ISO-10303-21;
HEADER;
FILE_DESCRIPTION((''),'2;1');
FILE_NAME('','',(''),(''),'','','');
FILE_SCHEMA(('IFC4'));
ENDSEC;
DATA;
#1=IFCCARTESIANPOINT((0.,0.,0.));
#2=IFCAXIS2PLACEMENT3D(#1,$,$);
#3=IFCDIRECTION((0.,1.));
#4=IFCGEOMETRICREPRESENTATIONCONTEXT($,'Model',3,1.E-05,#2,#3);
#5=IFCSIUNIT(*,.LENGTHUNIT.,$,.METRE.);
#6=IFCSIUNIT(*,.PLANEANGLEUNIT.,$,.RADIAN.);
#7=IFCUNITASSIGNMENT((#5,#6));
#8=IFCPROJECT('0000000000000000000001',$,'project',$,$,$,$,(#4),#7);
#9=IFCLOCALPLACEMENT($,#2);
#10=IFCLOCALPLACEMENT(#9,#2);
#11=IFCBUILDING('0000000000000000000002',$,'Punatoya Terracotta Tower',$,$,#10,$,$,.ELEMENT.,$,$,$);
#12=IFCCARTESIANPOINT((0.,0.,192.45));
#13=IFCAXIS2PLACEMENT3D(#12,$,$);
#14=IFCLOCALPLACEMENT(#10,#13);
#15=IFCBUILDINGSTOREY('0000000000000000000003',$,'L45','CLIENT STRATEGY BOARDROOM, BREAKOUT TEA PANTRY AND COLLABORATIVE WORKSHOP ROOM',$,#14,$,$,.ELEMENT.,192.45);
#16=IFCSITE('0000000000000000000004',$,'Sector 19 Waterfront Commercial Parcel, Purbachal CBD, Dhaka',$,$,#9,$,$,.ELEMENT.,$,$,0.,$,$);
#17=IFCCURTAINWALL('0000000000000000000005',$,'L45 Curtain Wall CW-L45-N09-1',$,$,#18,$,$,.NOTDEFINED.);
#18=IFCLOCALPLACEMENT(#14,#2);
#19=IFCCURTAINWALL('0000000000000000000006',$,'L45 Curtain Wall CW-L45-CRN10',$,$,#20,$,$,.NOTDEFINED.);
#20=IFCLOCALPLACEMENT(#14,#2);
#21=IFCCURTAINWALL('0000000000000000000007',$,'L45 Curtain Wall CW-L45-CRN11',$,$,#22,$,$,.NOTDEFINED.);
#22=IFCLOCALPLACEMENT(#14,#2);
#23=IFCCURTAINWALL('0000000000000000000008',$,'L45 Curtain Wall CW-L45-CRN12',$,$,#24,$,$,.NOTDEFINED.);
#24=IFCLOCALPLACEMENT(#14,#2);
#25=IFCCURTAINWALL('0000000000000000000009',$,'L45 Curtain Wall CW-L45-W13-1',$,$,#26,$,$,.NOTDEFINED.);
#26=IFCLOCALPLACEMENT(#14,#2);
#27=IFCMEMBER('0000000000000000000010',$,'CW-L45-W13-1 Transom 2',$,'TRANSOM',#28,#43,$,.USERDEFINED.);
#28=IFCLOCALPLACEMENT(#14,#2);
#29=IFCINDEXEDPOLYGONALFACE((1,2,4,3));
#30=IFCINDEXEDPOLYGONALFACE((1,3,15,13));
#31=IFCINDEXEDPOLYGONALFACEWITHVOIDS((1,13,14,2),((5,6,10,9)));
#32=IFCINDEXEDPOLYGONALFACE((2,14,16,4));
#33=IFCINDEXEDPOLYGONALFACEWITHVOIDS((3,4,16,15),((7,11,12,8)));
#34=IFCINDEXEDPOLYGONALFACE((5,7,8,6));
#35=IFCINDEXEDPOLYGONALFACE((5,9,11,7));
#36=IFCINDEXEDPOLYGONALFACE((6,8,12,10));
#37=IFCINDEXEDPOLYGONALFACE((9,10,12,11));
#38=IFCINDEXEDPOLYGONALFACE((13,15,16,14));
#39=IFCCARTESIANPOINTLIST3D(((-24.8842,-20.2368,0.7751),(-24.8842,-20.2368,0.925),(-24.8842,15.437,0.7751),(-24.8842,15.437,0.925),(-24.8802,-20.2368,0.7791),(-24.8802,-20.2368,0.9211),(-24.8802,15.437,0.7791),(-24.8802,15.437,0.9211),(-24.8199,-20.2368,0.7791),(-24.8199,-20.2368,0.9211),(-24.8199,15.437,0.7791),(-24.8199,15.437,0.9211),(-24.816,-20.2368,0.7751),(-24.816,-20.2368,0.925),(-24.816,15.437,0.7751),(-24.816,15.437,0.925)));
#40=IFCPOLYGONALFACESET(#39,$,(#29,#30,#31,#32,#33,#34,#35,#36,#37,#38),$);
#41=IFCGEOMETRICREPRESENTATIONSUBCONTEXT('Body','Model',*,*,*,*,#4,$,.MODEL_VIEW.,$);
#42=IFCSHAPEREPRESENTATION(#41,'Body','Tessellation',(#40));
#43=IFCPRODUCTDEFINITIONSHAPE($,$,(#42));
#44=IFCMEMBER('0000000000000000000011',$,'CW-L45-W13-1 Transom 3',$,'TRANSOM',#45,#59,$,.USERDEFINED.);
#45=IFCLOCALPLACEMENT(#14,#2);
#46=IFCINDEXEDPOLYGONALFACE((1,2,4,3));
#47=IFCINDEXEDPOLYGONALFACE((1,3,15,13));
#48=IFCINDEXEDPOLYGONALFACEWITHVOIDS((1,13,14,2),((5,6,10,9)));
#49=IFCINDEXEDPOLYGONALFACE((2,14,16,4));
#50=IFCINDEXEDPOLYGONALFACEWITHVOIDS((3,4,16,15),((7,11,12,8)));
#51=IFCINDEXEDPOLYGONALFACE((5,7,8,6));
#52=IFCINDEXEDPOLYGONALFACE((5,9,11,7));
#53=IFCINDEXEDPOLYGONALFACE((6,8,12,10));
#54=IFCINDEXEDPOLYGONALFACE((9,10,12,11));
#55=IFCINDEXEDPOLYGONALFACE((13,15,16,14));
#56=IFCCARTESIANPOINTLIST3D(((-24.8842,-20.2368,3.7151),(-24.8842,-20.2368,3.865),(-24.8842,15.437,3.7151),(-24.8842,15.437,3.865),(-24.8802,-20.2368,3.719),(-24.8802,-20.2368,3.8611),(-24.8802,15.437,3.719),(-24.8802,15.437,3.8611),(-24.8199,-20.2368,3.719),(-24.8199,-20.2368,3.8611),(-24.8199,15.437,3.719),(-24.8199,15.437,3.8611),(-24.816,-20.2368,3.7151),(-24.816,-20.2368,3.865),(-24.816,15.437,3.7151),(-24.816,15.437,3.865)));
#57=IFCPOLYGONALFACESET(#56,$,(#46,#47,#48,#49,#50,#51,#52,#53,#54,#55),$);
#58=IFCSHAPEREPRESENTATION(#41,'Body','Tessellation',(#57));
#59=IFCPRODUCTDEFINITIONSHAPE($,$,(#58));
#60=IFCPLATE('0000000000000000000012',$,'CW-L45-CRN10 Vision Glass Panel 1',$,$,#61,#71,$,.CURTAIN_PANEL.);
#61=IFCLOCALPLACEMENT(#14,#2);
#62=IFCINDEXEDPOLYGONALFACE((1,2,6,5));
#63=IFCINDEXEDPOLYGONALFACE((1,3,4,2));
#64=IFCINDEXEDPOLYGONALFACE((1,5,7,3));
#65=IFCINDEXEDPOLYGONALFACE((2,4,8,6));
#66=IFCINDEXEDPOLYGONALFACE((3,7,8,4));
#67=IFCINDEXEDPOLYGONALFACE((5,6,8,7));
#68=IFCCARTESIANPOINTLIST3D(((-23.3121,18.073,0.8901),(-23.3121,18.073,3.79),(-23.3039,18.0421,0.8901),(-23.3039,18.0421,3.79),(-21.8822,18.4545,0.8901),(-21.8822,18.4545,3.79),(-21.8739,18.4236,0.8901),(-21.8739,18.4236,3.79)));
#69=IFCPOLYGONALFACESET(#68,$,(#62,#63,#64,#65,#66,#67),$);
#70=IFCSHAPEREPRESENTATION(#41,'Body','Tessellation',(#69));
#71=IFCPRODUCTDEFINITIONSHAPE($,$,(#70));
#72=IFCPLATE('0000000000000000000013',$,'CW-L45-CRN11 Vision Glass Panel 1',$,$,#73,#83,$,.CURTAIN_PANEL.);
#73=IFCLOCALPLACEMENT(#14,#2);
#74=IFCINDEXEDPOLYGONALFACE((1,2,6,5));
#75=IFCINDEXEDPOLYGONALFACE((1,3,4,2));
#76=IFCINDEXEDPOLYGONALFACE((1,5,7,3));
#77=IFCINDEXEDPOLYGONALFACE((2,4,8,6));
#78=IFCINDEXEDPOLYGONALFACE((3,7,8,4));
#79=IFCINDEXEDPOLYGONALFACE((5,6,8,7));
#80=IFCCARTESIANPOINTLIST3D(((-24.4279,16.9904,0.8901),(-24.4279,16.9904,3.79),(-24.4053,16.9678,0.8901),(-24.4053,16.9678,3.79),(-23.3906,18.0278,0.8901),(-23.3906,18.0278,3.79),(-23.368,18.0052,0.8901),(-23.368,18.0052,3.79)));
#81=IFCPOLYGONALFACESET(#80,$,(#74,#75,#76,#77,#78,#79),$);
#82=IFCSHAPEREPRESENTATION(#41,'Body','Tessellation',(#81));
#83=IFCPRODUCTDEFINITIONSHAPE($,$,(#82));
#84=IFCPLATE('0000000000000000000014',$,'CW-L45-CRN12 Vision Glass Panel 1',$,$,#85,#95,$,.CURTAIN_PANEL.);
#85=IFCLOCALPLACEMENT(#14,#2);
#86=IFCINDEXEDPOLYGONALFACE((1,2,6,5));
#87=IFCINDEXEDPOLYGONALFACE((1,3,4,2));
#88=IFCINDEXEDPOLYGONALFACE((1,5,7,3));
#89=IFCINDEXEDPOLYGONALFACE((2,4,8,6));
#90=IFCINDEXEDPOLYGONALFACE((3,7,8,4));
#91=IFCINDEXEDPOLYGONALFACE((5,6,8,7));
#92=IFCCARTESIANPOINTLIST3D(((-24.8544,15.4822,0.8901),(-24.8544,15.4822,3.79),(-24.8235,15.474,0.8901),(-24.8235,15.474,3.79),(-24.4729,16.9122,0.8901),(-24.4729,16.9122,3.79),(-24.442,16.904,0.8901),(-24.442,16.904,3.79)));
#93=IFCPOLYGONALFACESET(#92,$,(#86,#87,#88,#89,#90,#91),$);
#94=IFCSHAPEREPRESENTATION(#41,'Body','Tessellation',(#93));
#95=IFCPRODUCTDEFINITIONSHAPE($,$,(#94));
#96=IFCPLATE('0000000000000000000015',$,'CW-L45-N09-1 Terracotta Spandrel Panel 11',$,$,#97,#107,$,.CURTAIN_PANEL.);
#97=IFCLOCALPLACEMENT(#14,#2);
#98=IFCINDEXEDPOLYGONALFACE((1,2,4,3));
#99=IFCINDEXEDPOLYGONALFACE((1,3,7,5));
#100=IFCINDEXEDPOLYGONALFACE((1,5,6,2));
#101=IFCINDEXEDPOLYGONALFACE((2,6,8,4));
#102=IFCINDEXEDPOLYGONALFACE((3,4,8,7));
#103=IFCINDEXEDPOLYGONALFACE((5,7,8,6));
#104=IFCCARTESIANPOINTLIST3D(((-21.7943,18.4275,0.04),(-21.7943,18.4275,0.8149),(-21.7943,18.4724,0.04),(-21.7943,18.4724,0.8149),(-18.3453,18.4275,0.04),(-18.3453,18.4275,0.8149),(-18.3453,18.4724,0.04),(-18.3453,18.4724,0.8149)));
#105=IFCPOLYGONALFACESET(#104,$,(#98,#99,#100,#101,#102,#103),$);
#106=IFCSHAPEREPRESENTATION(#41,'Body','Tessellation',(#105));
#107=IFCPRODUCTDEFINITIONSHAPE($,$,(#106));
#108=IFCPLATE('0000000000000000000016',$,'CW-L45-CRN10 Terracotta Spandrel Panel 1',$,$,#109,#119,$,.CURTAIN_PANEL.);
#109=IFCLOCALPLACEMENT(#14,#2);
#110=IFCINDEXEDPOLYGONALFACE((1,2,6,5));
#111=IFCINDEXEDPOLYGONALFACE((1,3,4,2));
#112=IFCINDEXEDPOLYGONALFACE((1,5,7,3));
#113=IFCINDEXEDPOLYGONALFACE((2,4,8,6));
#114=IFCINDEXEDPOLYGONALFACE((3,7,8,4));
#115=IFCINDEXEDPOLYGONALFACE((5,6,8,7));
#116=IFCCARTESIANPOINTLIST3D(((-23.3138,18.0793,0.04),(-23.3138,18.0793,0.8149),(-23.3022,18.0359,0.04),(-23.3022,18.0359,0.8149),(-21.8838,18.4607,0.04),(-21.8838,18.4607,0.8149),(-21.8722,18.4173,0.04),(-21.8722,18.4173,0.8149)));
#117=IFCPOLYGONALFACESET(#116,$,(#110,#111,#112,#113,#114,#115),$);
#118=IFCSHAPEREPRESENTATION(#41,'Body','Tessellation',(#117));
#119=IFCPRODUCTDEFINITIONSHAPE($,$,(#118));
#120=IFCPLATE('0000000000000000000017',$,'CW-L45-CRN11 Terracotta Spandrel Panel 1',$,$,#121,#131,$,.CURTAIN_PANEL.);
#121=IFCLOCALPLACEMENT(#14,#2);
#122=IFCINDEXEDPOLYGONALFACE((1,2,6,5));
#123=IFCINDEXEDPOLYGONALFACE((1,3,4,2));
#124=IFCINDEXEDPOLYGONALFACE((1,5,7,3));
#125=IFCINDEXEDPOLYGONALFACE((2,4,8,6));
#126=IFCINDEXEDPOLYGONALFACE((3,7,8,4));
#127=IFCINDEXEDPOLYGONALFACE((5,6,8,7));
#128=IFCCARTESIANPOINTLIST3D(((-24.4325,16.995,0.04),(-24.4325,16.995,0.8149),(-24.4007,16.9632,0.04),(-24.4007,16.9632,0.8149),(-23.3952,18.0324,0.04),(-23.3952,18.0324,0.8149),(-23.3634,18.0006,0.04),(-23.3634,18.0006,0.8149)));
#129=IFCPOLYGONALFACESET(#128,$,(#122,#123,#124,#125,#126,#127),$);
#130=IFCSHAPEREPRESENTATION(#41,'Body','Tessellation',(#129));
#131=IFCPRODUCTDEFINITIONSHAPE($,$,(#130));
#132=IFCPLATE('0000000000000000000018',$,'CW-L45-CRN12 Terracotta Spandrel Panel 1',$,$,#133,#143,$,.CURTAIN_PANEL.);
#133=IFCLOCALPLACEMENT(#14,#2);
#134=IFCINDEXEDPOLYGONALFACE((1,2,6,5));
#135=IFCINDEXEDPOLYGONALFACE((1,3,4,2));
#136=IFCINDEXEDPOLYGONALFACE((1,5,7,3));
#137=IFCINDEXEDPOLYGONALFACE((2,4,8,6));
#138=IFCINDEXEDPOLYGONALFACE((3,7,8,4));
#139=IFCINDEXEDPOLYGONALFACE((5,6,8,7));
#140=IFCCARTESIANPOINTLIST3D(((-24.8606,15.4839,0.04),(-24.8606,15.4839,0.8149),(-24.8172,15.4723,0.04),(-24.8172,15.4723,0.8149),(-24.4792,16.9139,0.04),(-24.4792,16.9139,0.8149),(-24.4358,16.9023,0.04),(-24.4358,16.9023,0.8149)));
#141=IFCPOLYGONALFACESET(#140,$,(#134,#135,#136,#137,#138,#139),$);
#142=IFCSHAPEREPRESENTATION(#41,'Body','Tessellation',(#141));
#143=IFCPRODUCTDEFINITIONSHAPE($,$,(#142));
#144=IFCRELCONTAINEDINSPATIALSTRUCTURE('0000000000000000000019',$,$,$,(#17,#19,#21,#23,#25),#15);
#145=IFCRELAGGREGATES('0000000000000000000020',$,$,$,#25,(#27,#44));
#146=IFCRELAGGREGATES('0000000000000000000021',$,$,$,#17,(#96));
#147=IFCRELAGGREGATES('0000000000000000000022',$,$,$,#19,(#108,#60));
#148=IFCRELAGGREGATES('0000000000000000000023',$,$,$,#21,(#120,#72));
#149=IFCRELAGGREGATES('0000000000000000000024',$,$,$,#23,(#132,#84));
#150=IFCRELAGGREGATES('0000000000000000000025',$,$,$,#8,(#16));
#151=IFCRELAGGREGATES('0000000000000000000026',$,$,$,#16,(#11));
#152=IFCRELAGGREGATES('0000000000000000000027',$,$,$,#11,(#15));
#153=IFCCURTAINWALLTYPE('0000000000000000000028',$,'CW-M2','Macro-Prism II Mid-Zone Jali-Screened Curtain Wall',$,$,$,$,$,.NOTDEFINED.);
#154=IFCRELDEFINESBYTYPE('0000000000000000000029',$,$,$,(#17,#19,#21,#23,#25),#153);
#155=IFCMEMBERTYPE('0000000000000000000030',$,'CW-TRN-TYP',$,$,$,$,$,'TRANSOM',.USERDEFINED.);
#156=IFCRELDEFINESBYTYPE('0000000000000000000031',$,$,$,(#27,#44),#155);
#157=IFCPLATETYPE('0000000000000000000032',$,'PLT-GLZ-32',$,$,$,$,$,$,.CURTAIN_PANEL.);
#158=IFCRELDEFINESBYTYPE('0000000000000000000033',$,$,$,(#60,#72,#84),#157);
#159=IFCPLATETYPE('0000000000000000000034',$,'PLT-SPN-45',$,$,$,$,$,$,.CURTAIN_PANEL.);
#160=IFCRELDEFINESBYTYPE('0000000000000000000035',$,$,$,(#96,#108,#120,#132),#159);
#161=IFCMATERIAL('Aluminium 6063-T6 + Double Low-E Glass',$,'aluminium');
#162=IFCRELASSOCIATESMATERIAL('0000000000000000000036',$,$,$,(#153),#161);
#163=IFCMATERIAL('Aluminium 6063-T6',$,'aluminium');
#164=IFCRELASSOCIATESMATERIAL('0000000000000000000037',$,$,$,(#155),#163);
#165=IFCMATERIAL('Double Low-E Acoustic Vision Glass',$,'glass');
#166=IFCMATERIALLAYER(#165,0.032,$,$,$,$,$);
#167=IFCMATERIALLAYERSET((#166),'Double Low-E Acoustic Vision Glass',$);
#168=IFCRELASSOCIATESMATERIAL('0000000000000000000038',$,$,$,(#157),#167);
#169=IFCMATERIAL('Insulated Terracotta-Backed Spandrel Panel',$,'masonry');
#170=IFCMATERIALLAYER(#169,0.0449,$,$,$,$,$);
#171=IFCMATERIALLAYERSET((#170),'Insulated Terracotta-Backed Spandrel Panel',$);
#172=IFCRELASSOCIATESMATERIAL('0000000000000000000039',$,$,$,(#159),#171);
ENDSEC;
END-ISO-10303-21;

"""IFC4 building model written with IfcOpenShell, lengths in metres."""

from ifc_helpers import new_model, si_unit, direction, frame, origin, origin_2d, place, context, subcontext, project, spatial, rectangle, hollow_rectangle, extrude, material, layer, layer_set, material_profile, profile_set, type_object, element, aggregate, save


model = new_model("IFC4")

# Units and contexts
model_context = context("Model", 3, precision=1e-05, world=origin(), true_north=direction((0.0, 1.0)))
body_context = subcontext(model_context, "Body", "Model", "MODEL_VIEW")
ifc_project = project(units=[si_unit("LENGTHUNIT", "METRE"), si_unit("PLANEANGLEUNIT", "RADIAN")], contexts=[model_context])

# Site, building, storey
site_placement = place(None, origin())
site = spatial("IfcSite", under=ifc_project, at=site_placement, Name="Sector 19 Waterfront Commercial Parcel, Purbachal CBD, Dhaka", CompositionType="ELEMENT", RefElevation=0.0)
building_placement = place(site_placement, origin())
building = spatial("IfcBuilding", under=site, at=building_placement, Name="Punatoya Terracotta Tower", CompositionType="ELEMENT")
storey_placement = place(building_placement, frame((0.0, 0.0, 192.45)))
storey = spatial("IfcBuildingStorey", under=building, at=storey_placement, Name="L45", Description="CLIENT STRATEGY BOARDROOM, BREAKOUT TEA PANTRY AND COLLABORATIVE WORKSHOP ROOM", CompositionType="ELEMENT", Elevation=192.45)

# Curtain wall
ifc_material_1 = material(Name="Aluminium 6063-T6 + Double Low-E Glass", Category="aluminium")
curtain_wall_type = type_object("IfcCurtainWallType", Name="CW-M2", Description="Macro-Prism II Mid-Zone Jali-Screened Curtain Wall", PredefinedType="NOTDEFINED", material=ifc_material_1)
curtain_wall_1_placement = place(storey_placement, origin())
curtain_wall_1 = element("IfcCurtainWall", 1, at=curtain_wall_1_placement, inside=storey, type_object=curtain_wall_type, Name="L45 Curtain Wall CW-L45-N09-1", PredefinedType="NOTDEFINED")
ifc_material_2 = material(Name="Aluminium 6063-T6", Category="aluminium")

# Curtain walls
curtain_wall_2_placement = place(storey_placement, origin())
curtain_wall_2 = element("IfcCurtainWall", 2, at=curtain_wall_2_placement, inside=storey, type_object=curtain_wall_type, Name="L45 Curtain Wall CW-L45-CRN10", PredefinedType="NOTDEFINED")
curtain_wall_3_placement = place(storey_placement, origin())
curtain_wall_3 = element("IfcCurtainWall", 3, at=curtain_wall_3_placement, inside=storey, type_object=curtain_wall_type, Name="L45 Curtain Wall CW-L45-CRN11", PredefinedType="NOTDEFINED")
curtain_wall_4_placement = place(storey_placement, origin())
curtain_wall_4 = element("IfcCurtainWall", 4, at=curtain_wall_4_placement, inside=storey, type_object=curtain_wall_type, Name="L45 Curtain Wall CW-L45-CRN12", PredefinedType="NOTDEFINED")

# Shared definitions
ifc_material_profile_1 = material_profile(ifc_material_2, hollow_rectangle(XDim=0.0681, YDim=0.1499, WallThickness=0.0039, at=origin_2d()))
ifc_profile_set_1 = profile_set([ifc_material_profile_1], Name="Aluminium 6063-T6")
member_type_1 = type_object("IfcMemberType", Name="CW-TRN-TYP", ElementType="TRANSOM", PredefinedType="USERDEFINED", material=ifc_profile_set_1)

# Curtain wall, members
curtain_wall_5_placement = place(storey_placement, origin())
curtain_wall_5 = element("IfcCurtainWall", 5, at=curtain_wall_5_placement, inside=storey, type_object=curtain_wall_type, Name="L45 Curtain Wall CW-L45-W13-1", PredefinedType="NOTDEFINED")
member_1_placement = place(storey_placement, frame((-24.8501, 15.437, 0.8501), z_axis=(0.0, -1.0, 0.0), x_axis=(1.0, 0.0, 0.0)))
member_1 = element("IfcMember", 6, at=member_1_placement, type_object=member_type_1, Name="CW-L45-W13-1 Transom 2", ObjectType="TRANSOM", PredefinedType="USERDEFINED", context=body_context, shape_type="SweptSolid", body=[
    extrude(hollow_rectangle(XDim=0.0681, YDim=0.1499, WallThickness=0.0039, at=origin_2d()), origin(), (0.0, 0.0, 1.0), 35.6738),
])
member_2_placement = place(storey_placement, frame((-24.8501, 15.437, 3.79), z_axis=(0.0, -1.0, 0.0), x_axis=(1.0, 0.0, 0.0)))
member_2 = element("IfcMember", 7, at=member_2_placement, type_object=member_type_1, Name="CW-L45-W13-1 Transom 3", ObjectType="TRANSOM", PredefinedType="USERDEFINED", context=body_context, shape_type="SweptSolid", body=[
    extrude(hollow_rectangle(XDim=0.0681, YDim=0.1499, WallThickness=0.0039, at=origin_2d()), origin(), (0.0, 0.0, 1.0), 35.6738),
])
aggregate(curtain_wall_5, [member_1, member_2])

# Plates
ifc_material_3 = material(Name="Double Low-E Acoustic Vision Glass", Category="glass")
ifc_layer_1 = layer(ifc_material_3, 0.032)
ifc_layer_set_1 = layer_set([ifc_layer_1], Name="Double Low-E Acoustic Vision Glass")
plate_type_1 = type_object("IfcPlateType", Name="PLT-GLZ-32", PredefinedType="CURTAIN_PANEL", material=ifc_layer_set_1)
plate_1_placement = place(storey_placement, frame((-22.593, 18.2483, 0.8901), z_axis=(0.0, 0.0, 1.0), x_axis=(-0.966214, -0.257742, 0.0)))
plate_1 = element("IfcPlate", 8, at=plate_1_placement, type_object=plate_type_1, Name="CW-L45-CRN10 Vision Glass Panel 1", PredefinedType="CURTAIN_PANEL", context=body_context, shape_type="SweptSolid", body=[
    extrude(rectangle(XDim=1.48, YDim=0.032, at=origin_2d()), origin(), (0.0, 0.0, 1.0), 2.8999),
])
plate_2_placement = place(storey_placement, frame((-23.8979, 17.4978, 0.8901), z_axis=(0.0, 0.0, 1.0), x_axis=(-0.707107, -0.707107, 0.0)))
plate_2 = element("IfcPlate", 9, at=plate_2_placement, type_object=plate_type_1, Name="CW-L45-CRN11 Vision Glass Panel 1", PredefinedType="CURTAIN_PANEL", context=body_context, shape_type="SweptSolid", body=[
    extrude(rectangle(XDim=1.467, YDim=0.032, at=origin_2d()), origin(), (0.0, 0.0, 1.0), 2.8999),
])
plate_3_placement = place(storey_placement, frame((-24.6482, 16.1931, 0.8901), z_axis=(0.0, 0.0, 1.0), x_axis=(-0.257742, -0.966214, 0.0)))
plate_3 = element("IfcPlate", 10, at=plate_3_placement, type_object=plate_type_1, Name="CW-L45-CRN12 Vision Glass Panel 1", PredefinedType="CURTAIN_PANEL", context=body_context, shape_type="SweptSolid", body=[
    extrude(rectangle(XDim=1.48, YDim=0.032, at=origin_2d()), origin(), (0.0, 0.0, 1.0), 2.8999),
])
ifc_material_4 = material(Name="Insulated Terracotta-Backed Spandrel Panel", Category="masonry")
ifc_layer_2 = layer(ifc_material_4, 0.0449)
ifc_layer_set_2 = layer_set([ifc_layer_2], Name="Insulated Terracotta-Backed Spandrel Panel")
plate_type_2 = type_object("IfcPlateType", Name="PLT-SPN-45", PredefinedType="CURTAIN_PANEL", material=ifc_layer_set_2)
plate_4_placement = place(storey_placement, frame((-20.0698, 18.45, 0.04), z_axis=(0.0, 0.0, 1.0), x_axis=(-1.0, 0.0, 0.0)))
plate_4 = element("IfcPlate", 11, at=plate_4_placement, type_object=plate_type_2, Name="CW-L45-N09-1 Terracotta Spandrel Panel 11", PredefinedType="CURTAIN_PANEL", context=body_context, shape_type="SweptSolid", body=[
    extrude(rectangle(XDim=3.449, YDim=0.0449, at=origin_2d()), origin(), (0.0, 0.0, 1.0), 0.7749),
])
aggregate(curtain_wall_1, [plate_4])
plate_5_placement = place(storey_placement, frame((-22.593, 18.2483, 0.04), z_axis=(0.0, 0.0, 1.0), x_axis=(-0.966214, -0.257742, 0.0)))
plate_5 = element("IfcPlate", 12, at=plate_5_placement, type_object=plate_type_2, Name="CW-L45-CRN10 Terracotta Spandrel Panel 1", PredefinedType="CURTAIN_PANEL", context=body_context, shape_type="SweptSolid", body=[
    extrude(rectangle(XDim=1.48, YDim=0.0449, at=origin_2d()), origin(), (0.0, 0.0, 1.0), 0.7749),
])
aggregate(curtain_wall_2, [plate_5, plate_1])
plate_6_placement = place(storey_placement, frame((-23.8979, 17.4978, 0.04), z_axis=(0.0, 0.0, 1.0), x_axis=(-0.707107, -0.707107, 0.0)))
plate_6 = element("IfcPlate", 13, at=plate_6_placement, type_object=plate_type_2, Name="CW-L45-CRN11 Terracotta Spandrel Panel 1", PredefinedType="CURTAIN_PANEL", context=body_context, shape_type="SweptSolid", body=[
    extrude(rectangle(XDim=1.467, YDim=0.0449, at=origin_2d()), origin(), (0.0, 0.0, 1.0), 0.7749),
])
aggregate(curtain_wall_3, [plate_6, plate_2])
plate_7_placement = place(storey_placement, frame((-24.6482, 16.1931, 0.04), z_axis=(0.0, 0.0, 1.0), x_axis=(-0.257742, -0.966214, 0.0)))
plate_7 = element("IfcPlate", 14, at=plate_7_placement, type_object=plate_type_2, Name="CW-L45-CRN12 Terracotta Spandrel Panel 1", PredefinedType="CURTAIN_PANEL", context=body_context, shape_type="SweptSolid", body=[
    extrude(rectangle(XDim=1.48, YDim=0.0449, at=origin_2d()), origin(), (0.0, 0.0, 1.0), 0.7749),
])
aggregate(curtain_wall_4, [plate_7, plate_3])

save(model, "model.ifc")
